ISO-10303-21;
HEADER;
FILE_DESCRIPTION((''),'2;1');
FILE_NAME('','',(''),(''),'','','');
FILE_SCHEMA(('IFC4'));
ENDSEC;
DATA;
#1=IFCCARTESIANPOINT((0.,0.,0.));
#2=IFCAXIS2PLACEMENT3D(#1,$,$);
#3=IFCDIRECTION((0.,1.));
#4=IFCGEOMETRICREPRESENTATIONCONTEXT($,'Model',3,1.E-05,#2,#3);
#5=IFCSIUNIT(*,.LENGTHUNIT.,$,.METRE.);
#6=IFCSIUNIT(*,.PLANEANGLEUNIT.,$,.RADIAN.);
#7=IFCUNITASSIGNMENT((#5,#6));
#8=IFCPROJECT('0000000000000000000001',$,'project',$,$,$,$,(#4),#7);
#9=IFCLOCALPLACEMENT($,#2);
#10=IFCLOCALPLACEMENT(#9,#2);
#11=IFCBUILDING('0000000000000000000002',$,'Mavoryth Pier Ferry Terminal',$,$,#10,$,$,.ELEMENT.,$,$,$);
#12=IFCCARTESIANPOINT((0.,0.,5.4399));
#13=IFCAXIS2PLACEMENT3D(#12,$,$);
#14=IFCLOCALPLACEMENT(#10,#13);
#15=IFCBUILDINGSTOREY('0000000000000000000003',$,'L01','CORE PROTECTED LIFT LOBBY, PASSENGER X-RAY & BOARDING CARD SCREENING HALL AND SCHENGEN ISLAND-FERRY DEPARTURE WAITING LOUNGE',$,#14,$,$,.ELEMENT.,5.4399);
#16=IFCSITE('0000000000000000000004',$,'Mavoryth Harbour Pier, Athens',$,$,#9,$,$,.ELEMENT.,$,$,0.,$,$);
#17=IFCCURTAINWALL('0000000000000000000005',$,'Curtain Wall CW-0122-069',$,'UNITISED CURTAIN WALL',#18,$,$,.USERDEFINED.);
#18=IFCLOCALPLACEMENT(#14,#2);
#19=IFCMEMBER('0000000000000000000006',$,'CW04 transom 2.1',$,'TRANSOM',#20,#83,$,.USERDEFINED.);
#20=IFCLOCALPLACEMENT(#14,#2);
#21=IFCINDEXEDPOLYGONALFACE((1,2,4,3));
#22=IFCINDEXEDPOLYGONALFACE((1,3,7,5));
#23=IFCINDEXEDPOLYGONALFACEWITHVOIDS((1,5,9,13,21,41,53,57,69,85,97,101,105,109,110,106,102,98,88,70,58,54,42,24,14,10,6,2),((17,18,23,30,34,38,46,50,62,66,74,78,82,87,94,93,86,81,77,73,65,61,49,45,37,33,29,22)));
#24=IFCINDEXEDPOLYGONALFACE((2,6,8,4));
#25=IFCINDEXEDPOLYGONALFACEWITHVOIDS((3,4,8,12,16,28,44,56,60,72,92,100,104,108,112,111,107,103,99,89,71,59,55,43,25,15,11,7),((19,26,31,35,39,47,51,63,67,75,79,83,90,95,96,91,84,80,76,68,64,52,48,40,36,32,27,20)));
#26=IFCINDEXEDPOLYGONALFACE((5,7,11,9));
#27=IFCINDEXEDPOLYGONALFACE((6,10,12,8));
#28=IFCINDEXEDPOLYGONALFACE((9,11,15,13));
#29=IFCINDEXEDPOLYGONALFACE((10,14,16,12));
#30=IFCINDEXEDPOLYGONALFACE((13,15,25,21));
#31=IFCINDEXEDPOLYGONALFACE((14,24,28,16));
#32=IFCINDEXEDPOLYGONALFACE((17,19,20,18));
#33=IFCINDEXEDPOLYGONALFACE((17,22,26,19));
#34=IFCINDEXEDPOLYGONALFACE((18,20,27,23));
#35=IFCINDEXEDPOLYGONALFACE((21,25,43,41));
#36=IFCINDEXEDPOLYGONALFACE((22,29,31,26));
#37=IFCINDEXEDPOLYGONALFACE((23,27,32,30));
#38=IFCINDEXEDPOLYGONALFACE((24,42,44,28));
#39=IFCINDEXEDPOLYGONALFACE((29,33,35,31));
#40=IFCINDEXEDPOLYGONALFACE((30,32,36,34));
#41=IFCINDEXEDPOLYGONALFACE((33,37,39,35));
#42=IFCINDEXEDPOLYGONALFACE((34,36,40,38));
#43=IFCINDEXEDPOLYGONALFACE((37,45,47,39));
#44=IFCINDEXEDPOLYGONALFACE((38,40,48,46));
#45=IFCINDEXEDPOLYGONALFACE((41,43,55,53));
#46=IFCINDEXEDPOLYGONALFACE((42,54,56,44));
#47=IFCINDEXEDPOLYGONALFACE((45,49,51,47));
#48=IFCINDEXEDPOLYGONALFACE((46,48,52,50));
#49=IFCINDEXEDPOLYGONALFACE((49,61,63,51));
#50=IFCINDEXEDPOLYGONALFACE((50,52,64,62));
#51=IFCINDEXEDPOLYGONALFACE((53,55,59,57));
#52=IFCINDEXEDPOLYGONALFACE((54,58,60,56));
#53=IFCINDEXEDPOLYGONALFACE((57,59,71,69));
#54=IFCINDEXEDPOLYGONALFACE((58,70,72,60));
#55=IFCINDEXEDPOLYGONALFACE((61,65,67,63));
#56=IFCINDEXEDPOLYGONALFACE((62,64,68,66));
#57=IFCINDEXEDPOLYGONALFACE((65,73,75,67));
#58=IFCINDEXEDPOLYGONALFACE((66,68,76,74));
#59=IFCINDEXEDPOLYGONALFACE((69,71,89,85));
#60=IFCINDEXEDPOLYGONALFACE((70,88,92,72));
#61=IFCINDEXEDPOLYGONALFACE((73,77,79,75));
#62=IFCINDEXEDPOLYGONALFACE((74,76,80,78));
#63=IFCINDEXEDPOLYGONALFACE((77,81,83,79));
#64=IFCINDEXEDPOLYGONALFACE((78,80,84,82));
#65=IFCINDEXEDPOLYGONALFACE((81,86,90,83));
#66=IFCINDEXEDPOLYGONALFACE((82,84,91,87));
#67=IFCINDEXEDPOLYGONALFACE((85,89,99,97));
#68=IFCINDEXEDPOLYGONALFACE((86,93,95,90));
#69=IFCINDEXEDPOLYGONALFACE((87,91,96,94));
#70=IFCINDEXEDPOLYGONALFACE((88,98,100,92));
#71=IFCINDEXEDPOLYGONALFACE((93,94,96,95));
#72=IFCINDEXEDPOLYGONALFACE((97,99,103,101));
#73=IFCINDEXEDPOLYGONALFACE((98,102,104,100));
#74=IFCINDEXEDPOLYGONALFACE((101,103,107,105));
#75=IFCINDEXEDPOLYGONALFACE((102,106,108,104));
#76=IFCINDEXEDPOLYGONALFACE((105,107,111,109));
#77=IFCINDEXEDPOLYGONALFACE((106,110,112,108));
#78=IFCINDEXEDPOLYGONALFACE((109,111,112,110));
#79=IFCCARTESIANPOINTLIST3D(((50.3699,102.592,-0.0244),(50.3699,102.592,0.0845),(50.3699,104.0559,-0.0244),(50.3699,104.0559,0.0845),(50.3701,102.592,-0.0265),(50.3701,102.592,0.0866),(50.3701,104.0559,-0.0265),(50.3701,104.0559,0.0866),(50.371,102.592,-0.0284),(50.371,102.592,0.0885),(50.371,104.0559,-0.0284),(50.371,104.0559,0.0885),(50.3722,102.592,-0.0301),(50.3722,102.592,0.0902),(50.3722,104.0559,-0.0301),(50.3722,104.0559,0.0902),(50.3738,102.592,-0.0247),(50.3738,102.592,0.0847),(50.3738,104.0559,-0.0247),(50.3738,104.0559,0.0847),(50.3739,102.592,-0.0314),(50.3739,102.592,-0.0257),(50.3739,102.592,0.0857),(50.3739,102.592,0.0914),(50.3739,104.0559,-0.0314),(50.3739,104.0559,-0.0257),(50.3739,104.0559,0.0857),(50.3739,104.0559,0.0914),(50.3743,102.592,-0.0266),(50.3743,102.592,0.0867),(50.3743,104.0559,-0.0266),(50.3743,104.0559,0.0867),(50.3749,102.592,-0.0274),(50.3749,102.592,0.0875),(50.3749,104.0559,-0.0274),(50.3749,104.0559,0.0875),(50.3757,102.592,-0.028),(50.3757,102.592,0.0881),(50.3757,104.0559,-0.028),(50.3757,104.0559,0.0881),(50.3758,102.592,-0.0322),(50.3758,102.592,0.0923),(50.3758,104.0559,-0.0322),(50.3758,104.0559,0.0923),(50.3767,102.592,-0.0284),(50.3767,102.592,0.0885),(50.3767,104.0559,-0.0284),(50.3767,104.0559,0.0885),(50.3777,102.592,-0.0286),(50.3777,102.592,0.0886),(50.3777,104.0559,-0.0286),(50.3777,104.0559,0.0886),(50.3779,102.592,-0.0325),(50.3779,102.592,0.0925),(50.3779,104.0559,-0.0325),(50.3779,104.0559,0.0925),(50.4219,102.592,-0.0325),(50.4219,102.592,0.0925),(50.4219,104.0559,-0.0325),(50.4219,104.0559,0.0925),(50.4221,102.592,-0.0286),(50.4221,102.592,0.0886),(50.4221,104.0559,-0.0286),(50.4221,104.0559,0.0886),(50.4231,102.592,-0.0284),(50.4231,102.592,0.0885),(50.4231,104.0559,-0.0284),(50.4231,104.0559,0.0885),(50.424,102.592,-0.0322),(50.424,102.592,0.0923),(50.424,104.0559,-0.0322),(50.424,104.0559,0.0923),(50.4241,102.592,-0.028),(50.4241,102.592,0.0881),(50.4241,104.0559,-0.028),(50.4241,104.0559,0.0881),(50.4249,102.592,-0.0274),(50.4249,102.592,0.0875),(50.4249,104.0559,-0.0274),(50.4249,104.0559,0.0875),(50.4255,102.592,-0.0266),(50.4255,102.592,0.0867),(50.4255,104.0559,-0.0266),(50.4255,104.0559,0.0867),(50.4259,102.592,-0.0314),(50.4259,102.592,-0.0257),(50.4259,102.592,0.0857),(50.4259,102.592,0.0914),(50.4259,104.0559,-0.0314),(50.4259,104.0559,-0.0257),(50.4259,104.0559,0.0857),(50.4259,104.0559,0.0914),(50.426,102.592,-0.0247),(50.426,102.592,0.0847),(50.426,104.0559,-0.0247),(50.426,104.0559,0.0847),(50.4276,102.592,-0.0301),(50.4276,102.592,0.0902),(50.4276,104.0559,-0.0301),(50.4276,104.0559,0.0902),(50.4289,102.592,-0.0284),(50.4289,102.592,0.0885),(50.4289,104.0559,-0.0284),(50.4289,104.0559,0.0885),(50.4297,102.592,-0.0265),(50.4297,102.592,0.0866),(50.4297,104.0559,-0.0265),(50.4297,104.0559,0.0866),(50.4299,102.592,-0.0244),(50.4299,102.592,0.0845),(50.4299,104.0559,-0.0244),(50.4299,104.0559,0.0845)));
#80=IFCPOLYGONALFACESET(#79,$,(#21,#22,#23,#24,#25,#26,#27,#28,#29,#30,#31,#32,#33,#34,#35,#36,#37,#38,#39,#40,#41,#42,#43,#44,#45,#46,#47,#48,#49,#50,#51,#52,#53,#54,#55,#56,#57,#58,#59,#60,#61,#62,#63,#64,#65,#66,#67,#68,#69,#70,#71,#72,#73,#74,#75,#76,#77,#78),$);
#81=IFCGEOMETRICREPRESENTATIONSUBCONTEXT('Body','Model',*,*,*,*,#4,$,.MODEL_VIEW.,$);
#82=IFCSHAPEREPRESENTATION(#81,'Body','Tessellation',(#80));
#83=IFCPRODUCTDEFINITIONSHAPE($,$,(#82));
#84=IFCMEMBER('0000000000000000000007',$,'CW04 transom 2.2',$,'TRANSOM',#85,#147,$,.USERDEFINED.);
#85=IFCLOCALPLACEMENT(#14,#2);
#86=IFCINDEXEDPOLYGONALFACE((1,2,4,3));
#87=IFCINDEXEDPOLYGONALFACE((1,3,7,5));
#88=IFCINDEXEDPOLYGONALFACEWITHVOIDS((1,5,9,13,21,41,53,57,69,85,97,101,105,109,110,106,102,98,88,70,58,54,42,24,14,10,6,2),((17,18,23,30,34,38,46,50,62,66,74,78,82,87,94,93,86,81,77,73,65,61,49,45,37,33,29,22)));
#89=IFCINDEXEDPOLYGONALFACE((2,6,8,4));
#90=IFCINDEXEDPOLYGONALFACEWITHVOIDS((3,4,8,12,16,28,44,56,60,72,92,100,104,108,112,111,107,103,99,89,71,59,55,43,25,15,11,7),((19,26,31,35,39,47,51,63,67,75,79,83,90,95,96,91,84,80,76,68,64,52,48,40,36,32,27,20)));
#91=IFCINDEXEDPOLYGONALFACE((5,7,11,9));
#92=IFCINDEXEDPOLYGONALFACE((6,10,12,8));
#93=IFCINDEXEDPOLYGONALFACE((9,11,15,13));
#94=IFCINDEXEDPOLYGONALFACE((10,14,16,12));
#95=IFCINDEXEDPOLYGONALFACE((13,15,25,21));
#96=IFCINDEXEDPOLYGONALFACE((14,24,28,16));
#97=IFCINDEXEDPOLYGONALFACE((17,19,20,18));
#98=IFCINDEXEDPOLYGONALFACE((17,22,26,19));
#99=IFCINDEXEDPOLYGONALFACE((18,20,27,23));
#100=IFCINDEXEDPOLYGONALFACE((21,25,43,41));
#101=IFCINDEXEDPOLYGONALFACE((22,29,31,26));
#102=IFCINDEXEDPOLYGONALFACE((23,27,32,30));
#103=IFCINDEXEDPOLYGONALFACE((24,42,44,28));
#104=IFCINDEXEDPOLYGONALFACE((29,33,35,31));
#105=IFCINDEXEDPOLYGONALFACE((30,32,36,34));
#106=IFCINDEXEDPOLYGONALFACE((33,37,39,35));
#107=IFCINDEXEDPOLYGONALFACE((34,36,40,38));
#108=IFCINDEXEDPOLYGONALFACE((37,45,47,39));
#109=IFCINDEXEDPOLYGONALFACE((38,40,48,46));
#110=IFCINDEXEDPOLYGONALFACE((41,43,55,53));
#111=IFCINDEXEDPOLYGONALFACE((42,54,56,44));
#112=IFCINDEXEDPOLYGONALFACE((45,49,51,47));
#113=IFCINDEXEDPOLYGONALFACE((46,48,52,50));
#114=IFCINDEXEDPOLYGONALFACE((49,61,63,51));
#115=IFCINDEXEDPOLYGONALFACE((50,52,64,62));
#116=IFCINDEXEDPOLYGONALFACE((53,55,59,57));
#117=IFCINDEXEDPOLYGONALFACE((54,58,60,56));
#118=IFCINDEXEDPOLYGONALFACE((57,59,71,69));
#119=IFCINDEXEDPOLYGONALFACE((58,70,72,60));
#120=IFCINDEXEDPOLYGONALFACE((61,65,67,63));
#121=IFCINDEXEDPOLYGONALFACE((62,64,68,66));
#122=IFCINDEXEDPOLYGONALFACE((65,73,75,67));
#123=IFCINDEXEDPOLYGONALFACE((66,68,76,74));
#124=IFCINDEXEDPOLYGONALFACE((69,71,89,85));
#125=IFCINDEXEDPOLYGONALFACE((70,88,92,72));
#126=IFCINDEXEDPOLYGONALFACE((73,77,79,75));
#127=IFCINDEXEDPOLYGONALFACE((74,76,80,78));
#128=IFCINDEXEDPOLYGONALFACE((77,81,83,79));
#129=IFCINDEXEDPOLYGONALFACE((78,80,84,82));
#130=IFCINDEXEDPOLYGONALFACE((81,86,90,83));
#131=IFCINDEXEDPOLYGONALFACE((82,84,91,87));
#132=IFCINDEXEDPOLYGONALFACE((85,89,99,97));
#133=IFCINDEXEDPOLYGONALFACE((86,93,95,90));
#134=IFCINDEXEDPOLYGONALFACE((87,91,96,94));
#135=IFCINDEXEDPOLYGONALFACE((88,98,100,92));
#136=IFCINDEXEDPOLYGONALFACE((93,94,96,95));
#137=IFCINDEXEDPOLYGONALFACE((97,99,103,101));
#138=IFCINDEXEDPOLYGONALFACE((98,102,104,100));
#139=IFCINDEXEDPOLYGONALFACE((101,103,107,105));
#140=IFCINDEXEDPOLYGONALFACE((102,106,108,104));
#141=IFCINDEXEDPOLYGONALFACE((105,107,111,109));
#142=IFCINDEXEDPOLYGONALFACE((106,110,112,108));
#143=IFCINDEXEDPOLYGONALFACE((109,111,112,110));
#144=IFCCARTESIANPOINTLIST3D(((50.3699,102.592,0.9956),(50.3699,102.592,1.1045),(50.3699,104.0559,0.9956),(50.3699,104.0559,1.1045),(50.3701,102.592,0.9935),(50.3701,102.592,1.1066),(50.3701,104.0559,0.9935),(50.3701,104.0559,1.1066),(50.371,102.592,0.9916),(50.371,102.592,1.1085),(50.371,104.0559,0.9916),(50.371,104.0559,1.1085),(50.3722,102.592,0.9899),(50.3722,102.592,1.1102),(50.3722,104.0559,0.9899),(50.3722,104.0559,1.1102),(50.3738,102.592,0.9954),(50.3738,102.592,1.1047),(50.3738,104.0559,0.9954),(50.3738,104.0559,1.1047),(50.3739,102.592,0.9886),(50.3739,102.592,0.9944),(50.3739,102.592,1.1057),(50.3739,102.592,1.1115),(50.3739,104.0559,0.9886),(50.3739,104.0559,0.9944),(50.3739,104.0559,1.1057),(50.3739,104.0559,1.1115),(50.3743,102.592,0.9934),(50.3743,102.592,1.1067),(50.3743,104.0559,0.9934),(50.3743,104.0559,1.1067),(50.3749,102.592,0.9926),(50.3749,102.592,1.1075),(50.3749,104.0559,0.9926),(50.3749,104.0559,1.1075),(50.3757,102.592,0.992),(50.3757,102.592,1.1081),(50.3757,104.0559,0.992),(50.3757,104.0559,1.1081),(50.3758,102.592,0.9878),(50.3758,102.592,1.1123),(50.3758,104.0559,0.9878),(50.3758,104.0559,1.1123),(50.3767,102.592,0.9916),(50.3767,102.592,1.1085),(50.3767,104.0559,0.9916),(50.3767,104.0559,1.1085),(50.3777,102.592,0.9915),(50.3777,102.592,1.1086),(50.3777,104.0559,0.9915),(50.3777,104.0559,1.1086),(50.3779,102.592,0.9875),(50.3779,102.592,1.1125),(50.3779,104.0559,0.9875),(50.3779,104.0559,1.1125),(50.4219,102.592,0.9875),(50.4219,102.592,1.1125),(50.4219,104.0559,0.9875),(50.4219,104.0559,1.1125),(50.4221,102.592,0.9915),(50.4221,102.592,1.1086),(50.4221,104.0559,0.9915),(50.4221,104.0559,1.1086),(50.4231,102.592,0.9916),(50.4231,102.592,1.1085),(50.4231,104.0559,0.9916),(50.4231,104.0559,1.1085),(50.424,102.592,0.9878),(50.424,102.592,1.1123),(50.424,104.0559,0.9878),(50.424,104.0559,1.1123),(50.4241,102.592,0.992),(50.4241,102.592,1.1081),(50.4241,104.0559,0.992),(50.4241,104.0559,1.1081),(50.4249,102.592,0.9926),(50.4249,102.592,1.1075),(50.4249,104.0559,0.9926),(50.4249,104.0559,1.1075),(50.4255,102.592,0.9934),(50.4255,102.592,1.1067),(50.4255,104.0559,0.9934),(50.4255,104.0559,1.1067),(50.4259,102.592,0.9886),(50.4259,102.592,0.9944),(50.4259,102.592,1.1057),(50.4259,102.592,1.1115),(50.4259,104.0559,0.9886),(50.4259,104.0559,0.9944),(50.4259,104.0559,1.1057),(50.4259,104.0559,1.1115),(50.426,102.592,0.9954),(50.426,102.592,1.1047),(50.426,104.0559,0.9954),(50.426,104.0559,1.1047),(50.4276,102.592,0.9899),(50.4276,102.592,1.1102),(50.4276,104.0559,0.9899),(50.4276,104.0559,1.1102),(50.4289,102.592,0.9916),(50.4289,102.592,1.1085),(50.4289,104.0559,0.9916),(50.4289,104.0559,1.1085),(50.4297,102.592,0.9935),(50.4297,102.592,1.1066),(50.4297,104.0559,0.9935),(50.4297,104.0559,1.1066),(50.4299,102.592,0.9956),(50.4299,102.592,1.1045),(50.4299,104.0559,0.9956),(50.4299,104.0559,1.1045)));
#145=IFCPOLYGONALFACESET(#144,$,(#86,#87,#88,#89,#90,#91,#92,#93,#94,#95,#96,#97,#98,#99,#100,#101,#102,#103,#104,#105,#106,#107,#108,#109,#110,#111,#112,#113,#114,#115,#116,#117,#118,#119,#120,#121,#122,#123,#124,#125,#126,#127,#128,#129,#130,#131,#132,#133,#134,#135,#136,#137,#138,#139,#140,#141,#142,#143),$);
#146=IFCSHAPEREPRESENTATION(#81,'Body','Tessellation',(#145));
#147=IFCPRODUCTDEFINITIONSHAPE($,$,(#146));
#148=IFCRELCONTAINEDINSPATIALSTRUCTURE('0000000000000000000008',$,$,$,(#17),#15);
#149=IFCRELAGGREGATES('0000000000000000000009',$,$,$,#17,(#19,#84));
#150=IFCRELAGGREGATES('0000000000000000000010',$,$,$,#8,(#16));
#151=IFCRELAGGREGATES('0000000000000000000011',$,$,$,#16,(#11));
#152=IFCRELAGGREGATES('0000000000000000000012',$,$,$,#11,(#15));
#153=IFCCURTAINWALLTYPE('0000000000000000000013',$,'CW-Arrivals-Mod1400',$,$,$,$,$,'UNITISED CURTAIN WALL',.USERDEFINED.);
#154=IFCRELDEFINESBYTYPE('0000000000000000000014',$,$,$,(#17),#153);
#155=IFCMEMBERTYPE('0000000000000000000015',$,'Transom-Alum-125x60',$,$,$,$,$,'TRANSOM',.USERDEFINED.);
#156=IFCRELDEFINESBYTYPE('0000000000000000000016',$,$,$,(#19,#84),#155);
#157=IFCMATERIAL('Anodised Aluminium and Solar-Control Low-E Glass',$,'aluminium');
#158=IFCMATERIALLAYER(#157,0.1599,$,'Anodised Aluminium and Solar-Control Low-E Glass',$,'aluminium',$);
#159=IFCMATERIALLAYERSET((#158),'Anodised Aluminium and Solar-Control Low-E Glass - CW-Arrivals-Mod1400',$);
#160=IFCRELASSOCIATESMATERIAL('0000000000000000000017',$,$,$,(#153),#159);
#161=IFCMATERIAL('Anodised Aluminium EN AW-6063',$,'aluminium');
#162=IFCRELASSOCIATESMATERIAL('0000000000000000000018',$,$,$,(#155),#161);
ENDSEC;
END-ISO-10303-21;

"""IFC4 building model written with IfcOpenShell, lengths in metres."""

from ifc_helpers import new_model, si_unit, direction, frame, origin, origin_2d, place, context, subcontext, project, spatial, hollow_rectangle, extrude, material, layer, layer_set, material_profile, profile_set, type_object, element, aggregate, save


model = new_model("IFC4")

# Units and contexts
model_context = context("Model", 3, precision=1e-05, world=origin(), true_north=direction((0.0, 1.0)))
body_context = subcontext(model_context, "Body", "Model", "MODEL_VIEW")
ifc_project = project(units=[si_unit("LENGTHUNIT", "METRE"), si_unit("PLANEANGLEUNIT", "RADIAN")], contexts=[model_context])

# Site, building, storey
site_placement = place(None, origin())
site = spatial("IfcSite", under=ifc_project, at=site_placement, Name="Mavoryth Harbour Pier, Athens", CompositionType="ELEMENT", RefElevation=0.0)
building_placement = place(site_placement, origin())
building = spatial("IfcBuilding", under=site, at=building_placement, Name="Mavoryth Pier Ferry Terminal", CompositionType="ELEMENT")
storey_placement = place(building_placement, frame((0.0, 0.0, 5.4399)))
storey = spatial("IfcBuildingStorey", under=building, at=storey_placement, Name="L01", Description="CORE PROTECTED LIFT LOBBY, PASSENGER X-RAY & BOARDING CARD SCREENING HALL AND SCHENGEN ISLAND-FERRY DEPARTURE WAITING LOUNGE", CompositionType="ELEMENT", Elevation=5.4399)

# Curtain wall
ifc_material_1 = material(Name="Anodised Aluminium and Solar-Control Low-E Glass", Category="aluminium")
ifc_layer_1 = layer(ifc_material_1, 0.1599, Name="Anodised Aluminium and Solar-Control Low-E Glass", Category="aluminium")
ifc_layer_set_1 = layer_set([ifc_layer_1], Name="Anodised Aluminium and Solar-Control Low-E Glass - CW-Arrivals-Mod1400")
curtain_wall_type = type_object("IfcCurtainWallType", Name="CW-Arrivals-Mod1400", ElementType="UNITISED CURTAIN WALL", PredefinedType="USERDEFINED", material=ifc_layer_set_1)
curtain_wall_placement = place(storey_placement, origin())
curtain_wall = element("IfcCurtainWall", 1, at=curtain_wall_placement, inside=storey, type_object=curtain_wall_type, Name="Curtain Wall CW-0122-069", ObjectType="UNITISED CURTAIN WALL", PredefinedType="USERDEFINED")
ifc_material_2 = material(Name="Anodised Aluminium EN AW-6063", Category="aluminium")

# Members
ifc_material_profile_1 = material_profile(ifc_material_2, hollow_rectangle(XDim=0.0601, YDim=0.125, WallThickness=0.0039, InnerFilletRadius=0.0039, OuterFilletRadius=0.0081, at=origin_2d()), Name="AL-TRAN 125x60x4", Category="aluminium")
ifc_profile_set_1 = profile_set([ifc_material_profile_1], Name="Anodised Aluminium EN AW-6063 - AL-TRAN 125x60x4")
member_type_1 = type_object("IfcMemberType", Name="Transom-Alum-125x60", ElementType="TRANSOM", PredefinedType="USERDEFINED", material=ifc_profile_set_1)
member_1_placement = place(storey_placement, frame((50.3999, 104.0559, 0.03), z_axis=(0.0, -1.0, 0.0), x_axis=(1.0, 0.0, 0.0)))
member_1 = element("IfcMember", 2, at=member_1_placement, type_object=member_type_1, Name="CW04 transom 2.1", ObjectType="TRANSOM", PredefinedType="USERDEFINED", context=body_context, shape_type="SweptSolid", body=[
    extrude(hollow_rectangle(XDim=0.0601, YDim=0.125, WallThickness=0.0039, InnerFilletRadius=0.0039, OuterFilletRadius=0.0081, at=origin_2d()), origin(), (0.0, 0.0, 1.0), 1.4639),
])
member_2_placement = place(storey_placement, frame((50.3999, 104.0559, 1.05), z_axis=(0.0, -1.0, 0.0), x_axis=(1.0, 0.0, 0.0)))
member_2 = element("IfcMember", 3, at=member_2_placement, type_object=member_type_1, Name="CW04 transom 2.2", ObjectType="TRANSOM", PredefinedType="USERDEFINED", context=body_context, shape_type="SweptSolid", body=[
    extrude(hollow_rectangle(XDim=0.0601, YDim=0.125, WallThickness=0.0039, InnerFilletRadius=0.0039, OuterFilletRadius=0.0081, at=origin_2d()), origin(), (0.0, 0.0, 1.0), 1.4639),
])

aggregate(curtain_wall, [member_1, member_2])

save(model, "model.ifc")
